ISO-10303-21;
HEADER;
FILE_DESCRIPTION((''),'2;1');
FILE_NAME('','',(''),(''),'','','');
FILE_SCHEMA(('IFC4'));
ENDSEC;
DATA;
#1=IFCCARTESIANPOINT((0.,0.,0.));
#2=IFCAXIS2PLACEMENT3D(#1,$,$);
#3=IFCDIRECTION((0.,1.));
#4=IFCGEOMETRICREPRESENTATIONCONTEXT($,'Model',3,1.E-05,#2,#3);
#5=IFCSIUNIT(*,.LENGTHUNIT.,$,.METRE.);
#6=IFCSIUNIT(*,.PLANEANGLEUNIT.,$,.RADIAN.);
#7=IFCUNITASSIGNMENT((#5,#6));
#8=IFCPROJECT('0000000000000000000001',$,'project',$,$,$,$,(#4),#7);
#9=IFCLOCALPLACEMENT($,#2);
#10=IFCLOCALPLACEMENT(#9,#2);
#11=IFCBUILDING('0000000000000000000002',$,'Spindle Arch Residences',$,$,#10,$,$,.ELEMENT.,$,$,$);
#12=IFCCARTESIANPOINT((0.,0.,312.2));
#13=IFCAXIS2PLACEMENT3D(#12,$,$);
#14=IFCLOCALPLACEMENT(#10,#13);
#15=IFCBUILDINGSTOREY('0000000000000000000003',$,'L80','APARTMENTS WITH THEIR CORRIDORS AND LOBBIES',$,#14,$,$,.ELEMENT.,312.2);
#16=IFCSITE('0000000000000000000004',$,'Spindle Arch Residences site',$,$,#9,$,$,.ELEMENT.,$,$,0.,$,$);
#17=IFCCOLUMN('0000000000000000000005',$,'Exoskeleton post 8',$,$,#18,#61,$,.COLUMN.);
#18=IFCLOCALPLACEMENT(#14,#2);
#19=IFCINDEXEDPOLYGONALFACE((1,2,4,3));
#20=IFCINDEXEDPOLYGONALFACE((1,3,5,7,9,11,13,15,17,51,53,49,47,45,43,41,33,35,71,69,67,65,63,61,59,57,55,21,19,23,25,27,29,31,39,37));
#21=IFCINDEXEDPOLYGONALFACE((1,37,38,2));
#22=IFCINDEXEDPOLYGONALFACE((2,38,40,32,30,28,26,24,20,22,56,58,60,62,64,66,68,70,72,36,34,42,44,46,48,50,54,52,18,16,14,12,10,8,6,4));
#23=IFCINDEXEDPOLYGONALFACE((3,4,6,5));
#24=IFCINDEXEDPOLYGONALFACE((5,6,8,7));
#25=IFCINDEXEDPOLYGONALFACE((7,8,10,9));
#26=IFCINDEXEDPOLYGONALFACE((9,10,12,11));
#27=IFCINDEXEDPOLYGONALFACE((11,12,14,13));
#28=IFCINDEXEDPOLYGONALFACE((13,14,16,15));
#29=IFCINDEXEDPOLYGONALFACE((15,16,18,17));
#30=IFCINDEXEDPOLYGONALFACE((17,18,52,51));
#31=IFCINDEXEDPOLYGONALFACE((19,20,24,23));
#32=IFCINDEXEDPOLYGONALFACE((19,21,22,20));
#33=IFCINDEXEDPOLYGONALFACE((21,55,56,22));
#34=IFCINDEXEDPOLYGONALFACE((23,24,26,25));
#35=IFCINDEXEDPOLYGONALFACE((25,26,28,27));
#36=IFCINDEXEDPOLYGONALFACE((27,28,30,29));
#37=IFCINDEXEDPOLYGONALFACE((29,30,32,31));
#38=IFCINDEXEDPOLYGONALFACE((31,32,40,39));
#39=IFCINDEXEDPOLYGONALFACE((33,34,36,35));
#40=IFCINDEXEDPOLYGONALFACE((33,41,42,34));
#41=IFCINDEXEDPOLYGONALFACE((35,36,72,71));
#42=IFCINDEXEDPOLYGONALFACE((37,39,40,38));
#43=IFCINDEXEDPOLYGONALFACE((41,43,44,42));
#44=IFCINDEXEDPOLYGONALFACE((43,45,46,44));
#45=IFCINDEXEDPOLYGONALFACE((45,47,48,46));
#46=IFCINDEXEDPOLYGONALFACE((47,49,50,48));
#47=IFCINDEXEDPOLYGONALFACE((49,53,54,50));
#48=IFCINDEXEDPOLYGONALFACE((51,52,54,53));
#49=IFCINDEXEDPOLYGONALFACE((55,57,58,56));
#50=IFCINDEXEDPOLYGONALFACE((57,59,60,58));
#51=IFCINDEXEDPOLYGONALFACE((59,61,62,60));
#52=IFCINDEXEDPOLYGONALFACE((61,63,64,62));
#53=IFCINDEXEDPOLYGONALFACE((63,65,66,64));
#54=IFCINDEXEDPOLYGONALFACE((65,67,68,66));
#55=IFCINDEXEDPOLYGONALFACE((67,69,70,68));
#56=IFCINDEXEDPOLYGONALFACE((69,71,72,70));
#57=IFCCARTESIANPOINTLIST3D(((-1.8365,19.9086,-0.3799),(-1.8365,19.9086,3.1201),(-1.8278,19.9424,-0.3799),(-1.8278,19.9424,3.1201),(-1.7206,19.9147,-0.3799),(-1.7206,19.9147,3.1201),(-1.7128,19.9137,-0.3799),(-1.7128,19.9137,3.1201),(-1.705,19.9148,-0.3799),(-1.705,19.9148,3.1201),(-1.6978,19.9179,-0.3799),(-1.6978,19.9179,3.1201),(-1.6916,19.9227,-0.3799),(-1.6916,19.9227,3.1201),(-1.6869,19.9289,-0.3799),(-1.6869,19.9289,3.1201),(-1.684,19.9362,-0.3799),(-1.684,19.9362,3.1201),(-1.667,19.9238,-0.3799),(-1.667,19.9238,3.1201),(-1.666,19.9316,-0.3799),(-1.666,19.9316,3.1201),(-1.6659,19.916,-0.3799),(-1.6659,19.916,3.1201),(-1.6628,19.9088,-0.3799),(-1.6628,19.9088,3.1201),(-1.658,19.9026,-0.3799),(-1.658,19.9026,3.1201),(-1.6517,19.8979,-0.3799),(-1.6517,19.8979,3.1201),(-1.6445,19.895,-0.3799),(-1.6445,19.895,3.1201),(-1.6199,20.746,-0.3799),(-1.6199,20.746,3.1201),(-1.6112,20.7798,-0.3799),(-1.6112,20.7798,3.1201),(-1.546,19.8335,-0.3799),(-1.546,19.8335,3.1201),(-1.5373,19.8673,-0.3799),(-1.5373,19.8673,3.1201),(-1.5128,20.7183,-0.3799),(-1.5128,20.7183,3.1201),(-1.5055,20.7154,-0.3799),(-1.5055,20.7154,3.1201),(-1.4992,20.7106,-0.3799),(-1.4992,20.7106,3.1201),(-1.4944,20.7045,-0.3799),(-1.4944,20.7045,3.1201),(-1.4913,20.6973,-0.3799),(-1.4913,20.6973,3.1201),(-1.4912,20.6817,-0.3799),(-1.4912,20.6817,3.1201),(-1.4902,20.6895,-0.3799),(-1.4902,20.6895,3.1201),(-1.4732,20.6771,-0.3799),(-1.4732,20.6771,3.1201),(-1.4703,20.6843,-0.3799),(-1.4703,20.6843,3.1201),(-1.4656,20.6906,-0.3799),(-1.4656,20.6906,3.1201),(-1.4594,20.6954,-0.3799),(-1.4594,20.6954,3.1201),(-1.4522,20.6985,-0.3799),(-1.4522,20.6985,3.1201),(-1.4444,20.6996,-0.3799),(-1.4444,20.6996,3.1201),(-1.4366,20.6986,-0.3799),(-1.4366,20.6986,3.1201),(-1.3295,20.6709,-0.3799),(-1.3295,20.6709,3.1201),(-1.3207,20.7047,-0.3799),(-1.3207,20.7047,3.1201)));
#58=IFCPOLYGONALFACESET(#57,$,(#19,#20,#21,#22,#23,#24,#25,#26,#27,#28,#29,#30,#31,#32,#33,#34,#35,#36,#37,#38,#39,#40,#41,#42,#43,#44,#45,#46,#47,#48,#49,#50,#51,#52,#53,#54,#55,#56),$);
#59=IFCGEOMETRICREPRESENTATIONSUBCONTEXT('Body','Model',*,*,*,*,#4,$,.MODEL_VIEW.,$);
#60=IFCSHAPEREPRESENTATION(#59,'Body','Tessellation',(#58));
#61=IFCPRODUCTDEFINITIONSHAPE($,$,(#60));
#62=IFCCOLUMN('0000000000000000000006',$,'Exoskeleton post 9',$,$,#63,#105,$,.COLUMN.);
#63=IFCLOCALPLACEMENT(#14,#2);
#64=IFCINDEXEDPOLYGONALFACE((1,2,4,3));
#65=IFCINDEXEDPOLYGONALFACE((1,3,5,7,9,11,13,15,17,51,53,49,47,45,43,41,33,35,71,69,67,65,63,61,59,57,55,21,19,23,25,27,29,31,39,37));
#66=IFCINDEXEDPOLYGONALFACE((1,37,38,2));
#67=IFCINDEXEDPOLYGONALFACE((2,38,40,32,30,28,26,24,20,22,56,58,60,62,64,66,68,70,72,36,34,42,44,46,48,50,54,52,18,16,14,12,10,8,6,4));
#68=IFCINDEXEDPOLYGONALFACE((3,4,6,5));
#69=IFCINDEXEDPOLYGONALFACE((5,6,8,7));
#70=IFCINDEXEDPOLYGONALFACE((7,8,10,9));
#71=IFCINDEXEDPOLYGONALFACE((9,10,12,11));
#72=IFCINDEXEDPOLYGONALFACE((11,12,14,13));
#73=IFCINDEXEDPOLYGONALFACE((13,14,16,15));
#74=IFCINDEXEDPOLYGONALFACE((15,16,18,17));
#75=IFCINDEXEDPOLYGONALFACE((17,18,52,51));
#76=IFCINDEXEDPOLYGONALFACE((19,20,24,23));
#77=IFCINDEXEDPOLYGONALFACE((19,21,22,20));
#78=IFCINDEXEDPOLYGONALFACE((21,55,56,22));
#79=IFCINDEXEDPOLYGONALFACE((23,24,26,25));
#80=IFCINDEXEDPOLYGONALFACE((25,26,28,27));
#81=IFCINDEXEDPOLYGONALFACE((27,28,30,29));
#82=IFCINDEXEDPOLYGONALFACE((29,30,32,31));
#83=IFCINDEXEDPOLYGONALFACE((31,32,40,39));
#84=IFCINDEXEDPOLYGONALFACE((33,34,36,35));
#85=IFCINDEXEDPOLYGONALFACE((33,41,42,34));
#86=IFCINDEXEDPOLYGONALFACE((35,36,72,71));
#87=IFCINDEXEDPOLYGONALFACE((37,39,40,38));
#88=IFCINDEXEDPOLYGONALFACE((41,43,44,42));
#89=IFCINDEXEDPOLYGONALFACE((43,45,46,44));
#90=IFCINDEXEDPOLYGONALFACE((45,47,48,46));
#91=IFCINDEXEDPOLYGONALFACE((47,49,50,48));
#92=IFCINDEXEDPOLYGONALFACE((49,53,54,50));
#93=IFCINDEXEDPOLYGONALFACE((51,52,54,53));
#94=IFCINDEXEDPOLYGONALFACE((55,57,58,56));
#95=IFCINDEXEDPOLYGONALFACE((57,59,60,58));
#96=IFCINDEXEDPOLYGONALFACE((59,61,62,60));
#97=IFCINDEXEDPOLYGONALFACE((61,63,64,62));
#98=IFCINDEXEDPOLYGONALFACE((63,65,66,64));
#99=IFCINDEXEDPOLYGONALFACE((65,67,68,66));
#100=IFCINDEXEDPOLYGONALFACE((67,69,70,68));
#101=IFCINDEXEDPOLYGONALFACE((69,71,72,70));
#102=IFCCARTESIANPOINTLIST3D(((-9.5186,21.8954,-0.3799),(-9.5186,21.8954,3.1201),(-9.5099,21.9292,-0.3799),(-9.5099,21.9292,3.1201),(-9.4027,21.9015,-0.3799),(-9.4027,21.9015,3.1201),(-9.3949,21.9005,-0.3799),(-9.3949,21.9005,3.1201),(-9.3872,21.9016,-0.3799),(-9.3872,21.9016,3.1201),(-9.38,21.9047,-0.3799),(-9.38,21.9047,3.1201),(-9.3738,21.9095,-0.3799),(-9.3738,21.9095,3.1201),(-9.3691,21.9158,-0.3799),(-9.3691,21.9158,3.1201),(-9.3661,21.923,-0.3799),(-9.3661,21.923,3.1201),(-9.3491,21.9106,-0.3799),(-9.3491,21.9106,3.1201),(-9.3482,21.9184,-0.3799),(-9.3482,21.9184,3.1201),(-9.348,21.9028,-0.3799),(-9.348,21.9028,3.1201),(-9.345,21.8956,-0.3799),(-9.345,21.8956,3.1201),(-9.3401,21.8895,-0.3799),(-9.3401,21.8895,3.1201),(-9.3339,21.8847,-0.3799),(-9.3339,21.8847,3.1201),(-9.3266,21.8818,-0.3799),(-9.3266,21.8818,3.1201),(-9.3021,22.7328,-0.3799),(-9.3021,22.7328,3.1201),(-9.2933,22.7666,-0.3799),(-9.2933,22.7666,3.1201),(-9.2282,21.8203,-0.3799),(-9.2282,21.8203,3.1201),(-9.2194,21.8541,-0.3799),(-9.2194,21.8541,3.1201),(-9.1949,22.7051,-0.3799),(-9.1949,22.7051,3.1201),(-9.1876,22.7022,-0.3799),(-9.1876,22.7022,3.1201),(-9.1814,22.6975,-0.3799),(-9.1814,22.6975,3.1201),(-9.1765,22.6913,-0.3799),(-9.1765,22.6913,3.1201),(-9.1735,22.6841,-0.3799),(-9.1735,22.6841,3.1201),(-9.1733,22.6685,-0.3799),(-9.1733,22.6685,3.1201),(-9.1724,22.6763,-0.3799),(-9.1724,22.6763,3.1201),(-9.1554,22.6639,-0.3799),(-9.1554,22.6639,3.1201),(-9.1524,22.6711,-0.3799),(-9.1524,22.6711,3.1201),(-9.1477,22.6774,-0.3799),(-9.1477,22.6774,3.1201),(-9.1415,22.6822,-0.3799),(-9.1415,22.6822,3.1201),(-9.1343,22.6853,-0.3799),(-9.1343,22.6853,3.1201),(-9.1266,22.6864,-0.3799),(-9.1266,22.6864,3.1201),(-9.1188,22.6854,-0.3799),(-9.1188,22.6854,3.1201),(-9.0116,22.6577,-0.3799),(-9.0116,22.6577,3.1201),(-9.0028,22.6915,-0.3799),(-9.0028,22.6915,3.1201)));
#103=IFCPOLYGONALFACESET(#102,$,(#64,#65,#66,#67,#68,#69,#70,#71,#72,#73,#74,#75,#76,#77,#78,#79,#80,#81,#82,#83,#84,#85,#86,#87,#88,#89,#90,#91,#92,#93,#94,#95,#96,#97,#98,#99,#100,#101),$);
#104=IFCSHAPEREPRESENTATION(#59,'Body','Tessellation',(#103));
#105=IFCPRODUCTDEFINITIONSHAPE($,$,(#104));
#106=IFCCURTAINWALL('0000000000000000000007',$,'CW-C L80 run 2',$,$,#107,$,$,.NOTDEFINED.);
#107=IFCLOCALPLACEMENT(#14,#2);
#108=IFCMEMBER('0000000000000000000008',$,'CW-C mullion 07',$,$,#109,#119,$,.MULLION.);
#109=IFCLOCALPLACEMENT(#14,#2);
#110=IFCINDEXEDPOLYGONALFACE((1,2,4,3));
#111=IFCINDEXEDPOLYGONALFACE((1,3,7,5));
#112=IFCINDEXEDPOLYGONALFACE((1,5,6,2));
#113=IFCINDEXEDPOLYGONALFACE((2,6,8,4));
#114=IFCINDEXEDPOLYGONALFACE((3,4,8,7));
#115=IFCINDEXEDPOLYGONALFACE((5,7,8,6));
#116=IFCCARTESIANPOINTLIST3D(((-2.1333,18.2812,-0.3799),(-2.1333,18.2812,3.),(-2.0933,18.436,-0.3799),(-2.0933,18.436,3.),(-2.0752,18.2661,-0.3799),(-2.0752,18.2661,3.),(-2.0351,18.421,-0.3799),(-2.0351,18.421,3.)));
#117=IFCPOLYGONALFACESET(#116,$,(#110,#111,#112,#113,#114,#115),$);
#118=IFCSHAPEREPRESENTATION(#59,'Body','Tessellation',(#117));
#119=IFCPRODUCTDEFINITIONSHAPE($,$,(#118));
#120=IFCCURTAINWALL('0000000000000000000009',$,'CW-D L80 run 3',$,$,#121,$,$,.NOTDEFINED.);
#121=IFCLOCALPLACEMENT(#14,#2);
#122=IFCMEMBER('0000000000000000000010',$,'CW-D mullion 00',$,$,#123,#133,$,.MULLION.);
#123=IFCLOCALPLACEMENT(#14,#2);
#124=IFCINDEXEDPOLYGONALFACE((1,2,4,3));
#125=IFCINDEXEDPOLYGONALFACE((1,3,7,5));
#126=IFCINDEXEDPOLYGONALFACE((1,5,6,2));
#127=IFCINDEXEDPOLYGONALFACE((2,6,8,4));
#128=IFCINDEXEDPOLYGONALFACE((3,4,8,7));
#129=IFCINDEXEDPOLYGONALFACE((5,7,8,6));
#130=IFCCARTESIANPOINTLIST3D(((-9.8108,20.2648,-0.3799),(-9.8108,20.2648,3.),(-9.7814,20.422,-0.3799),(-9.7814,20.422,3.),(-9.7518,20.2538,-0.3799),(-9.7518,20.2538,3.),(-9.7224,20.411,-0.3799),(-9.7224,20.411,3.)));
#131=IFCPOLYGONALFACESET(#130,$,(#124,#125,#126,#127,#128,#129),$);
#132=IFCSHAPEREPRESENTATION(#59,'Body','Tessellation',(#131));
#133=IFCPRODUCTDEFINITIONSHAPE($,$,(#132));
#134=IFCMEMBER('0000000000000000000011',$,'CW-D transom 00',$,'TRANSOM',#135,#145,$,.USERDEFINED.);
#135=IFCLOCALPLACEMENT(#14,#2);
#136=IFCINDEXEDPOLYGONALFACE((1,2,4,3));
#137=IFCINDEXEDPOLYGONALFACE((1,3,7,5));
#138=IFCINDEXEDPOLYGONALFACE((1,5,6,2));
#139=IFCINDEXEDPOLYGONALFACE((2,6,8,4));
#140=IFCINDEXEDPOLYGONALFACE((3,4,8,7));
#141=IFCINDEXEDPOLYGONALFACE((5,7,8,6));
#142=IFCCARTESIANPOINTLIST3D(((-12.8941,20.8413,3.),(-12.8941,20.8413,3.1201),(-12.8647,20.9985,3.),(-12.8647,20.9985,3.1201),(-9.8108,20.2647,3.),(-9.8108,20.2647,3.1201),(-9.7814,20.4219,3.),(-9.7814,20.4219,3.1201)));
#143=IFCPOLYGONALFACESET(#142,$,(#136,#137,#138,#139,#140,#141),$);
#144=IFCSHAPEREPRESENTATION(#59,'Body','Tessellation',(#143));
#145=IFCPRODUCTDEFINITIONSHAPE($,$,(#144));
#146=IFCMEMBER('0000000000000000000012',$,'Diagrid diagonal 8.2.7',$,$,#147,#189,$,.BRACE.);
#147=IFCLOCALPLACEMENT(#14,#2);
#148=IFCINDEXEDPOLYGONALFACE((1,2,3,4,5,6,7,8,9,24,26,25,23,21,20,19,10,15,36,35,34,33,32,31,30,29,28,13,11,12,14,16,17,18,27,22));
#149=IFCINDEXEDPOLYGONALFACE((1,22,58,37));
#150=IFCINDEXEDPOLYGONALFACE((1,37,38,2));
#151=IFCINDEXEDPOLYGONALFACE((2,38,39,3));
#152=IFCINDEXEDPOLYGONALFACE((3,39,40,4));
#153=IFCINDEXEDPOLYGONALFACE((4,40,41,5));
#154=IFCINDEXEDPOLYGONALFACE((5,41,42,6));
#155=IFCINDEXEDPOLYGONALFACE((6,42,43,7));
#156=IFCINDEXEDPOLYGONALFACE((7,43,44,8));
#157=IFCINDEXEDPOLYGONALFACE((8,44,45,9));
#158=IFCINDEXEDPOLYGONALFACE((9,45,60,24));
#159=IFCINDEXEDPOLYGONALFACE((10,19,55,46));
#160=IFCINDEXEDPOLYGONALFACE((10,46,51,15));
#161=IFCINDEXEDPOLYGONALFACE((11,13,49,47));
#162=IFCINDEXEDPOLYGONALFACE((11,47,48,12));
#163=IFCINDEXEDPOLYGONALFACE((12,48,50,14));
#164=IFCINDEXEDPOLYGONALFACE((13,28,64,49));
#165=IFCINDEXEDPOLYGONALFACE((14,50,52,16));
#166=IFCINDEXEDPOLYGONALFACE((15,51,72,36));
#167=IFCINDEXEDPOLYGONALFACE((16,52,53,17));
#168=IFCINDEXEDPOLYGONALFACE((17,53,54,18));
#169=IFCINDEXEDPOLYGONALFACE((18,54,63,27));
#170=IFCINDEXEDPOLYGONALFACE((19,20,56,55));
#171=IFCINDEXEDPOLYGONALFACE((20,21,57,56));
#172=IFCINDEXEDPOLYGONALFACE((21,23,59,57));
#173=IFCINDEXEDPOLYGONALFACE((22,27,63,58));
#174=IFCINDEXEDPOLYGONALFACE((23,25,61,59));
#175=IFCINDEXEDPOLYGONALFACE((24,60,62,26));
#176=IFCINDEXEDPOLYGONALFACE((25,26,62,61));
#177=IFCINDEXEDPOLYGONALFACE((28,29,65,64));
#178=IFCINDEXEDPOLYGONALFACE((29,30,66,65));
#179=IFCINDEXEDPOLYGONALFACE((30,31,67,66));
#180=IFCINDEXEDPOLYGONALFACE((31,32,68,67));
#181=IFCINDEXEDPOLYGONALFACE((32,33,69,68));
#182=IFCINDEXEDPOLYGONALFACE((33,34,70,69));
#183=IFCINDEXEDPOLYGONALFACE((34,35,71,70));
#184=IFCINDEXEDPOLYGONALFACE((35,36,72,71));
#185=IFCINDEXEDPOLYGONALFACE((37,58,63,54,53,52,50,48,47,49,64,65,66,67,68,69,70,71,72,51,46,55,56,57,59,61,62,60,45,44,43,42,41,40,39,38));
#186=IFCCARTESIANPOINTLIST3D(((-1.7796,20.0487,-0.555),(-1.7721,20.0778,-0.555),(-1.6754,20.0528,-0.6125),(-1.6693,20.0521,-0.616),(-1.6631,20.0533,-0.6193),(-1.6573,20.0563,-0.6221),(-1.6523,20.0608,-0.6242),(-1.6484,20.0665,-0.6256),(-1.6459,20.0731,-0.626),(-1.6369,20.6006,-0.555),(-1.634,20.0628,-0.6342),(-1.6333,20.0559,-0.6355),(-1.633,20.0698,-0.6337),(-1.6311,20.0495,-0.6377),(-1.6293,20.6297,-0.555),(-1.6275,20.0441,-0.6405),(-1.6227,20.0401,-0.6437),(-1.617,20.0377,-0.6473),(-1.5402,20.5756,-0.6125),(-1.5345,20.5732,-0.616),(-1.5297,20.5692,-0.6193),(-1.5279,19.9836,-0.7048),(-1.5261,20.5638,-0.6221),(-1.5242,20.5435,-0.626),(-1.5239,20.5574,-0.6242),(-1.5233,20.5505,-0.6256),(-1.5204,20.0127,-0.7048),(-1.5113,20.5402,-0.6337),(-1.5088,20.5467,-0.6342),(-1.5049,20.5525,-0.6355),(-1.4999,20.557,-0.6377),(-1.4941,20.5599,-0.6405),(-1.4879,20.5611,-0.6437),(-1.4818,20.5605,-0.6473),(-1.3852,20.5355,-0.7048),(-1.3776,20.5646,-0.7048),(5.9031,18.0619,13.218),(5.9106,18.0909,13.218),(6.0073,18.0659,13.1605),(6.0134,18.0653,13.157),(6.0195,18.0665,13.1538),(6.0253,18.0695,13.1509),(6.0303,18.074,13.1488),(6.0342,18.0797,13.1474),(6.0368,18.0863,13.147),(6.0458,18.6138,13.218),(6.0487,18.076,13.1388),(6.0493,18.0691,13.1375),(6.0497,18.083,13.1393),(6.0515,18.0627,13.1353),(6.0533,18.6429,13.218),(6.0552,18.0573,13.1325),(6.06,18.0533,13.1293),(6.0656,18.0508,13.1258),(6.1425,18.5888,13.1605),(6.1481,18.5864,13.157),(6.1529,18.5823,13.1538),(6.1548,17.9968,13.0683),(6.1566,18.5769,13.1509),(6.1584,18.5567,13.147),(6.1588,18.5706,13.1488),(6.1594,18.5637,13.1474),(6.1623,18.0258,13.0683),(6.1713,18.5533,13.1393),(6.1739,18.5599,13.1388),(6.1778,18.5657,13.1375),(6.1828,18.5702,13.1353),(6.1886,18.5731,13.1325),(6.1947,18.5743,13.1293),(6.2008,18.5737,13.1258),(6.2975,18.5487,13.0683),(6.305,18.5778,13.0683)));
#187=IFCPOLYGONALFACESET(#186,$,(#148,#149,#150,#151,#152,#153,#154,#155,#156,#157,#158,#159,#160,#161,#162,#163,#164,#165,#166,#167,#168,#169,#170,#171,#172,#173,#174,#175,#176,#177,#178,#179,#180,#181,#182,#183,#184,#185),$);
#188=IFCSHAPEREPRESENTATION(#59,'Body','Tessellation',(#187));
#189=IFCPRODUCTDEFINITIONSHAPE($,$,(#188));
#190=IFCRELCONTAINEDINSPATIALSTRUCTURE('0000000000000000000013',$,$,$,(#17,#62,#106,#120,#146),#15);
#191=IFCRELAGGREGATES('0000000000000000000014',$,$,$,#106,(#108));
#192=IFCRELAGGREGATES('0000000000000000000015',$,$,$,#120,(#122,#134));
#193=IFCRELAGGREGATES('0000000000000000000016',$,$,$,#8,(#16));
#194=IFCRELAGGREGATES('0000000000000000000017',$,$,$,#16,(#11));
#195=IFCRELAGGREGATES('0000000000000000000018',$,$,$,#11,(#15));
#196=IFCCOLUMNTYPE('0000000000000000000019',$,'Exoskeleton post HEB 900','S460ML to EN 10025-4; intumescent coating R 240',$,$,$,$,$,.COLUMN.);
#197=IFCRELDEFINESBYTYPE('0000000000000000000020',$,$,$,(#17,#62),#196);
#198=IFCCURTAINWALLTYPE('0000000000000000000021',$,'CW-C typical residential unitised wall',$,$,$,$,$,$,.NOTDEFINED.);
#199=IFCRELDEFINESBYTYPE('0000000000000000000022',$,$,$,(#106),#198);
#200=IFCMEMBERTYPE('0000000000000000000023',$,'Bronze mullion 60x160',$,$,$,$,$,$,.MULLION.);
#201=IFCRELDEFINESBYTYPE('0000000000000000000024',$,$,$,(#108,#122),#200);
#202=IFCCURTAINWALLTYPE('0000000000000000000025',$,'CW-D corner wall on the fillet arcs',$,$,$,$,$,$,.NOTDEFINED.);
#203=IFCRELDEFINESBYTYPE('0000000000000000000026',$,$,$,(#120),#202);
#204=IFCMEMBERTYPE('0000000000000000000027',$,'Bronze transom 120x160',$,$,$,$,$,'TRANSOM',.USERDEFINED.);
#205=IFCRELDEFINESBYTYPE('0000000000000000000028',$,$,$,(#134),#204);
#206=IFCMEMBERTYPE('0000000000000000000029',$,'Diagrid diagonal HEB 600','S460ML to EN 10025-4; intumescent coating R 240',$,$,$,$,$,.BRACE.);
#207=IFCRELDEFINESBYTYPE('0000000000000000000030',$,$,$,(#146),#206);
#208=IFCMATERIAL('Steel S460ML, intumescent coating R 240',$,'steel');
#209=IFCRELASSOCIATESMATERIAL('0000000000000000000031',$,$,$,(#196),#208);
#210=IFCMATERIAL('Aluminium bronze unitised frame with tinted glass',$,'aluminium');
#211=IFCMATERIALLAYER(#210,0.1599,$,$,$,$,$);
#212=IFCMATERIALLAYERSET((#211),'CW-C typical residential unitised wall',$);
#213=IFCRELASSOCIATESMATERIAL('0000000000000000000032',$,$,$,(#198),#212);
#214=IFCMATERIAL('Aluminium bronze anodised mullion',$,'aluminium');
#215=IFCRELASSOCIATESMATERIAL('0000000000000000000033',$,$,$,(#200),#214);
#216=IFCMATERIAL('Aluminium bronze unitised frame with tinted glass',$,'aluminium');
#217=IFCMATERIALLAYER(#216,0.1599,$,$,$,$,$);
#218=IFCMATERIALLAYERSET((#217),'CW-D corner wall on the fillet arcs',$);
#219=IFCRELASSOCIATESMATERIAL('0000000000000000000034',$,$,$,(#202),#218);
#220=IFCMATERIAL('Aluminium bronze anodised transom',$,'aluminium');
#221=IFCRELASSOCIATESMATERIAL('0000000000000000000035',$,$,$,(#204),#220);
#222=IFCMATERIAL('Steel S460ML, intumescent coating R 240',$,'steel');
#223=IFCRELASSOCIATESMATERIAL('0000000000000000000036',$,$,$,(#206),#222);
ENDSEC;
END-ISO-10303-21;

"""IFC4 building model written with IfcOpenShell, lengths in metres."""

from ifc_helpers import new_model, si_unit, direction, frame, origin, origin_2d, place, context, subcontext, project, spatial, rectangle, i_section, extrude, material, layer, layer_set, material_profile, profile_set, type_object, element, aggregate, save


model = new_model("IFC4")

# Units and contexts
model_context = context("Model", 3, precision=1e-05, world=origin(), true_north=direction((0.0, 1.0)))
body_context = subcontext(model_context, "Body", "Model", "MODEL_VIEW")
ifc_project = project(units=[si_unit("LENGTHUNIT", "METRE"), si_unit("PLANEANGLEUNIT", "RADIAN")], contexts=[model_context])

# Site, building, storey
site_placement = place(None, origin())
site = spatial("IfcSite", under=ifc_project, at=site_placement, Name="Spindle Arch Residences site", CompositionType="ELEMENT", RefElevation=0.0)
building_placement = place(site_placement, origin())
building = spatial("IfcBuilding", under=site, at=building_placement, Name="Spindle Arch Residences", CompositionType="ELEMENT")
storey_placement = place(building_placement, frame((0.0, 0.0, 312.2)))
storey = spatial("IfcBuildingStorey", under=building, at=storey_placement, Name="L80", Description="APARTMENTS WITH THEIR CORRIDORS AND LOBBIES", CompositionType="ELEMENT", Elevation=312.2)

# Columns
ifc_material_1 = material(Name="Steel S460ML, intumescent coating R 240", Category="steel")
ifc_material_profile_1 = material_profile(ifc_material_1, i_section(OverallWidth=0.3, OverallDepth=0.8999, WebThickness=0.0186, FlangeThickness=0.0349, FilletRadius=0.03, at=origin_2d()), Name="HEB 900")
ifc_profile_set_1 = profile_set([ifc_material_profile_1], Name="Steel S460ML, intumescent coating R 240")
column_type = type_object("IfcColumnType", Name="Exoskeleton post HEB 900", Description="S460ML to EN 10025-4; intumescent coating R 240", PredefinedType="COLUMN", material=ifc_profile_set_1)
for number, where, z_axis, x_axis, name in (
    (1, (-1.5786, 20.3066, -0.3799), (0.0, 0.0, 1.0), (0.968148, -0.25038, 0.0), "Exoskeleton post 8"),
    (2, (-9.2607, 22.2935, -0.3799), (0.0, 0.0, 1.0), (0.968148, -0.25038, 0.0), "Exoskeleton post 9"),
):
    element("IfcColumn", number, at=place(storey_placement, frame(where, z_axis=z_axis, x_axis=x_axis)), inside=storey, type_object=column_type, Name=name, PredefinedType="COLUMN", context=body_context, shape_type="SweptSolid", body=[
        extrude(i_section(OverallWidth=0.3, OverallDepth=0.8999, WebThickness=0.0186, FlangeThickness=0.0349, FilletRadius=0.03, at=origin_2d()), origin(), (0.0, 0.0, 1.0), 3.5),
    ])

# Curtain wall, member
ifc_material_2 = material(Name="Aluminium bronze unitised frame with tinted glass", Category="aluminium")
ifc_layer_1 = layer(ifc_material_2, 0.1599)
ifc_layer_set_1 = layer_set([ifc_layer_1], Name="CW-C typical residential unitised wall")
curtain_wall_type_1 = type_object("IfcCurtainWallType", Name="CW-C typical residential unitised wall", PredefinedType="NOTDEFINED", material=ifc_layer_set_1)
curtain_wall_1_placement = place(storey_placement, origin())
curtain_wall_1 = element("IfcCurtainWall", 3, at=curtain_wall_1_placement, inside=storey, type_object=curtain_wall_type_1, Name="CW-C L80 run 2", PredefinedType="NOTDEFINED")
ifc_material_3 = material(Name="Aluminium bronze anodised mullion", Category="aluminium")
ifc_material_profile_2 = material_profile(ifc_material_3, rectangle(XDim=0.1599, YDim=0.0601, at=origin_2d()), Name="MU 60x160")
ifc_profile_set_2 = profile_set([ifc_material_profile_2], Name="Aluminium bronze anodised mullion")
member_type_1 = type_object("IfcMemberType", Name="Bronze mullion 60x160", PredefinedType="MULLION", material=ifc_profile_set_2)
member_1_placement = place(storey_placement, frame((-2.0842, 18.3511, -0.3799), z_axis=(0.0, 0.0, 1.0), x_axis=(-0.25038, -0.968148, 0.0)))
member_1 = element("IfcMember", 4, at=member_1_placement, type_object=member_type_1, Name="CW-C mullion 07", PredefinedType="MULLION", context=body_context, shape_type="SweptSolid", body=[
    extrude(rectangle(XDim=0.1599, YDim=0.0601, at=origin_2d()), origin(), (0.0, 0.0, 1.0), 3.3799),
])

# Curtain wall, members
ifc_material_4 = material(Name="Aluminium bronze unitised frame with tinted glass", Category="aluminium")
ifc_layer_2 = layer(ifc_material_4, 0.1599)
ifc_layer_set_2 = layer_set([ifc_layer_2], Name="CW-D corner wall on the fillet arcs")
curtain_wall_type_2 = type_object("IfcCurtainWallType", Name="CW-D corner wall on the fillet arcs", PredefinedType="NOTDEFINED", material=ifc_layer_set_2)
curtain_wall_2_placement = place(storey_placement, origin())
curtain_wall_2 = element("IfcCurtainWall", 5, at=curtain_wall_2_placement, inside=storey, type_object=curtain_wall_type_2, Name="CW-D L80 run 3", PredefinedType="NOTDEFINED")
member_2_placement = place(storey_placement, frame((-9.7666, 20.3379, -0.3799), z_axis=(0.0, 0.0, 1.0), x_axis=(-0.183837, -0.982957, 0.0)))
member_2 = element("IfcMember", 6, at=member_2_placement, type_object=member_type_1, Name="CW-D mullion 00", PredefinedType="MULLION", context=body_context, shape_type="SweptSolid", body=[
    extrude(rectangle(XDim=0.1599, YDim=0.0601, at=origin_2d()), origin(), (0.0, 0.0, 1.0), 3.3799),
])
ifc_material_5 = material(Name="Aluminium bronze anodised transom", Category="aluminium")
ifc_material_profile_3 = material_profile(ifc_material_5, rectangle(XDim=0.1599, YDim=0.1201, at=origin_2d()), Name="TR 120x160")
ifc_profile_set_3 = profile_set([ifc_material_profile_3], Name="Aluminium bronze anodised transom")
member_type_2 = type_object("IfcMemberType", Name="Bronze transom 120x160", ElementType="TRANSOM", PredefinedType="USERDEFINED", material=ifc_profile_set_3)
member_3_placement = place(storey_placement, frame((-9.7961, 20.3433, 3.0601), z_axis=(-0.982956, 0.183842, 0.0), x_axis=(-0.183842, -0.982956, 0.0)))
member_3 = element("IfcMember", 7, at=member_3_placement, type_object=member_type_2, Name="CW-D transom 00", ObjectType="TRANSOM", PredefinedType="USERDEFINED", context=body_context, shape_type="SweptSolid", body=[
    extrude(rectangle(XDim=0.1599, YDim=0.1201, at=origin_2d()), origin(), (0.0, 0.0, 1.0), 3.1367),
])

# Member
ifc_material_6 = material(Name="Steel S460ML, intumescent coating R 240", Category="steel")
ifc_material_profile_4 = material_profile(ifc_material_6, i_section(OverallWidth=0.3, OverallDepth=0.6001, WebThickness=0.0154, FlangeThickness=0.03, FilletRadius=0.0271, at=origin_2d()), Name="HEB 600")
ifc_profile_set_4 = profile_set([ifc_material_profile_4], Name="Steel S460ML, intumescent coating R 240")
member_type_3 = type_object("IfcMemberType", Name="Diagrid diagonal HEB 600", Description="S460ML to EN 10025-4; intumescent coating R 240", PredefinedType="BRACE", material=ifc_profile_set_4)
member_4_placement = place(storey_placement, frame((-1.5786, 20.3066, -0.6299), z_axis=(0.483323, -0.124993, 0.866473), x_axis=(-0.838875, 0.216943, 0.499224)))
element("IfcMember", 8, at=member_4_placement, inside=storey, type_object=member_type_3, Name="Diagrid diagonal 8.2.7", PredefinedType="BRACE", context=body_context, shape_type="SweptSolid", body=[
    extrude(i_section(OverallWidth=0.3, OverallDepth=0.6001, WebThickness=0.0154, FlangeThickness=0.03, FilletRadius=0.0271, at=origin_2d()), origin(), (0.0, 0.0, 1.0), 15.8955),
])

aggregate(curtain_wall_1, [member_1])
aggregate(curtain_wall_2, [member_2, member_3])

save(model, "model.ifc")
